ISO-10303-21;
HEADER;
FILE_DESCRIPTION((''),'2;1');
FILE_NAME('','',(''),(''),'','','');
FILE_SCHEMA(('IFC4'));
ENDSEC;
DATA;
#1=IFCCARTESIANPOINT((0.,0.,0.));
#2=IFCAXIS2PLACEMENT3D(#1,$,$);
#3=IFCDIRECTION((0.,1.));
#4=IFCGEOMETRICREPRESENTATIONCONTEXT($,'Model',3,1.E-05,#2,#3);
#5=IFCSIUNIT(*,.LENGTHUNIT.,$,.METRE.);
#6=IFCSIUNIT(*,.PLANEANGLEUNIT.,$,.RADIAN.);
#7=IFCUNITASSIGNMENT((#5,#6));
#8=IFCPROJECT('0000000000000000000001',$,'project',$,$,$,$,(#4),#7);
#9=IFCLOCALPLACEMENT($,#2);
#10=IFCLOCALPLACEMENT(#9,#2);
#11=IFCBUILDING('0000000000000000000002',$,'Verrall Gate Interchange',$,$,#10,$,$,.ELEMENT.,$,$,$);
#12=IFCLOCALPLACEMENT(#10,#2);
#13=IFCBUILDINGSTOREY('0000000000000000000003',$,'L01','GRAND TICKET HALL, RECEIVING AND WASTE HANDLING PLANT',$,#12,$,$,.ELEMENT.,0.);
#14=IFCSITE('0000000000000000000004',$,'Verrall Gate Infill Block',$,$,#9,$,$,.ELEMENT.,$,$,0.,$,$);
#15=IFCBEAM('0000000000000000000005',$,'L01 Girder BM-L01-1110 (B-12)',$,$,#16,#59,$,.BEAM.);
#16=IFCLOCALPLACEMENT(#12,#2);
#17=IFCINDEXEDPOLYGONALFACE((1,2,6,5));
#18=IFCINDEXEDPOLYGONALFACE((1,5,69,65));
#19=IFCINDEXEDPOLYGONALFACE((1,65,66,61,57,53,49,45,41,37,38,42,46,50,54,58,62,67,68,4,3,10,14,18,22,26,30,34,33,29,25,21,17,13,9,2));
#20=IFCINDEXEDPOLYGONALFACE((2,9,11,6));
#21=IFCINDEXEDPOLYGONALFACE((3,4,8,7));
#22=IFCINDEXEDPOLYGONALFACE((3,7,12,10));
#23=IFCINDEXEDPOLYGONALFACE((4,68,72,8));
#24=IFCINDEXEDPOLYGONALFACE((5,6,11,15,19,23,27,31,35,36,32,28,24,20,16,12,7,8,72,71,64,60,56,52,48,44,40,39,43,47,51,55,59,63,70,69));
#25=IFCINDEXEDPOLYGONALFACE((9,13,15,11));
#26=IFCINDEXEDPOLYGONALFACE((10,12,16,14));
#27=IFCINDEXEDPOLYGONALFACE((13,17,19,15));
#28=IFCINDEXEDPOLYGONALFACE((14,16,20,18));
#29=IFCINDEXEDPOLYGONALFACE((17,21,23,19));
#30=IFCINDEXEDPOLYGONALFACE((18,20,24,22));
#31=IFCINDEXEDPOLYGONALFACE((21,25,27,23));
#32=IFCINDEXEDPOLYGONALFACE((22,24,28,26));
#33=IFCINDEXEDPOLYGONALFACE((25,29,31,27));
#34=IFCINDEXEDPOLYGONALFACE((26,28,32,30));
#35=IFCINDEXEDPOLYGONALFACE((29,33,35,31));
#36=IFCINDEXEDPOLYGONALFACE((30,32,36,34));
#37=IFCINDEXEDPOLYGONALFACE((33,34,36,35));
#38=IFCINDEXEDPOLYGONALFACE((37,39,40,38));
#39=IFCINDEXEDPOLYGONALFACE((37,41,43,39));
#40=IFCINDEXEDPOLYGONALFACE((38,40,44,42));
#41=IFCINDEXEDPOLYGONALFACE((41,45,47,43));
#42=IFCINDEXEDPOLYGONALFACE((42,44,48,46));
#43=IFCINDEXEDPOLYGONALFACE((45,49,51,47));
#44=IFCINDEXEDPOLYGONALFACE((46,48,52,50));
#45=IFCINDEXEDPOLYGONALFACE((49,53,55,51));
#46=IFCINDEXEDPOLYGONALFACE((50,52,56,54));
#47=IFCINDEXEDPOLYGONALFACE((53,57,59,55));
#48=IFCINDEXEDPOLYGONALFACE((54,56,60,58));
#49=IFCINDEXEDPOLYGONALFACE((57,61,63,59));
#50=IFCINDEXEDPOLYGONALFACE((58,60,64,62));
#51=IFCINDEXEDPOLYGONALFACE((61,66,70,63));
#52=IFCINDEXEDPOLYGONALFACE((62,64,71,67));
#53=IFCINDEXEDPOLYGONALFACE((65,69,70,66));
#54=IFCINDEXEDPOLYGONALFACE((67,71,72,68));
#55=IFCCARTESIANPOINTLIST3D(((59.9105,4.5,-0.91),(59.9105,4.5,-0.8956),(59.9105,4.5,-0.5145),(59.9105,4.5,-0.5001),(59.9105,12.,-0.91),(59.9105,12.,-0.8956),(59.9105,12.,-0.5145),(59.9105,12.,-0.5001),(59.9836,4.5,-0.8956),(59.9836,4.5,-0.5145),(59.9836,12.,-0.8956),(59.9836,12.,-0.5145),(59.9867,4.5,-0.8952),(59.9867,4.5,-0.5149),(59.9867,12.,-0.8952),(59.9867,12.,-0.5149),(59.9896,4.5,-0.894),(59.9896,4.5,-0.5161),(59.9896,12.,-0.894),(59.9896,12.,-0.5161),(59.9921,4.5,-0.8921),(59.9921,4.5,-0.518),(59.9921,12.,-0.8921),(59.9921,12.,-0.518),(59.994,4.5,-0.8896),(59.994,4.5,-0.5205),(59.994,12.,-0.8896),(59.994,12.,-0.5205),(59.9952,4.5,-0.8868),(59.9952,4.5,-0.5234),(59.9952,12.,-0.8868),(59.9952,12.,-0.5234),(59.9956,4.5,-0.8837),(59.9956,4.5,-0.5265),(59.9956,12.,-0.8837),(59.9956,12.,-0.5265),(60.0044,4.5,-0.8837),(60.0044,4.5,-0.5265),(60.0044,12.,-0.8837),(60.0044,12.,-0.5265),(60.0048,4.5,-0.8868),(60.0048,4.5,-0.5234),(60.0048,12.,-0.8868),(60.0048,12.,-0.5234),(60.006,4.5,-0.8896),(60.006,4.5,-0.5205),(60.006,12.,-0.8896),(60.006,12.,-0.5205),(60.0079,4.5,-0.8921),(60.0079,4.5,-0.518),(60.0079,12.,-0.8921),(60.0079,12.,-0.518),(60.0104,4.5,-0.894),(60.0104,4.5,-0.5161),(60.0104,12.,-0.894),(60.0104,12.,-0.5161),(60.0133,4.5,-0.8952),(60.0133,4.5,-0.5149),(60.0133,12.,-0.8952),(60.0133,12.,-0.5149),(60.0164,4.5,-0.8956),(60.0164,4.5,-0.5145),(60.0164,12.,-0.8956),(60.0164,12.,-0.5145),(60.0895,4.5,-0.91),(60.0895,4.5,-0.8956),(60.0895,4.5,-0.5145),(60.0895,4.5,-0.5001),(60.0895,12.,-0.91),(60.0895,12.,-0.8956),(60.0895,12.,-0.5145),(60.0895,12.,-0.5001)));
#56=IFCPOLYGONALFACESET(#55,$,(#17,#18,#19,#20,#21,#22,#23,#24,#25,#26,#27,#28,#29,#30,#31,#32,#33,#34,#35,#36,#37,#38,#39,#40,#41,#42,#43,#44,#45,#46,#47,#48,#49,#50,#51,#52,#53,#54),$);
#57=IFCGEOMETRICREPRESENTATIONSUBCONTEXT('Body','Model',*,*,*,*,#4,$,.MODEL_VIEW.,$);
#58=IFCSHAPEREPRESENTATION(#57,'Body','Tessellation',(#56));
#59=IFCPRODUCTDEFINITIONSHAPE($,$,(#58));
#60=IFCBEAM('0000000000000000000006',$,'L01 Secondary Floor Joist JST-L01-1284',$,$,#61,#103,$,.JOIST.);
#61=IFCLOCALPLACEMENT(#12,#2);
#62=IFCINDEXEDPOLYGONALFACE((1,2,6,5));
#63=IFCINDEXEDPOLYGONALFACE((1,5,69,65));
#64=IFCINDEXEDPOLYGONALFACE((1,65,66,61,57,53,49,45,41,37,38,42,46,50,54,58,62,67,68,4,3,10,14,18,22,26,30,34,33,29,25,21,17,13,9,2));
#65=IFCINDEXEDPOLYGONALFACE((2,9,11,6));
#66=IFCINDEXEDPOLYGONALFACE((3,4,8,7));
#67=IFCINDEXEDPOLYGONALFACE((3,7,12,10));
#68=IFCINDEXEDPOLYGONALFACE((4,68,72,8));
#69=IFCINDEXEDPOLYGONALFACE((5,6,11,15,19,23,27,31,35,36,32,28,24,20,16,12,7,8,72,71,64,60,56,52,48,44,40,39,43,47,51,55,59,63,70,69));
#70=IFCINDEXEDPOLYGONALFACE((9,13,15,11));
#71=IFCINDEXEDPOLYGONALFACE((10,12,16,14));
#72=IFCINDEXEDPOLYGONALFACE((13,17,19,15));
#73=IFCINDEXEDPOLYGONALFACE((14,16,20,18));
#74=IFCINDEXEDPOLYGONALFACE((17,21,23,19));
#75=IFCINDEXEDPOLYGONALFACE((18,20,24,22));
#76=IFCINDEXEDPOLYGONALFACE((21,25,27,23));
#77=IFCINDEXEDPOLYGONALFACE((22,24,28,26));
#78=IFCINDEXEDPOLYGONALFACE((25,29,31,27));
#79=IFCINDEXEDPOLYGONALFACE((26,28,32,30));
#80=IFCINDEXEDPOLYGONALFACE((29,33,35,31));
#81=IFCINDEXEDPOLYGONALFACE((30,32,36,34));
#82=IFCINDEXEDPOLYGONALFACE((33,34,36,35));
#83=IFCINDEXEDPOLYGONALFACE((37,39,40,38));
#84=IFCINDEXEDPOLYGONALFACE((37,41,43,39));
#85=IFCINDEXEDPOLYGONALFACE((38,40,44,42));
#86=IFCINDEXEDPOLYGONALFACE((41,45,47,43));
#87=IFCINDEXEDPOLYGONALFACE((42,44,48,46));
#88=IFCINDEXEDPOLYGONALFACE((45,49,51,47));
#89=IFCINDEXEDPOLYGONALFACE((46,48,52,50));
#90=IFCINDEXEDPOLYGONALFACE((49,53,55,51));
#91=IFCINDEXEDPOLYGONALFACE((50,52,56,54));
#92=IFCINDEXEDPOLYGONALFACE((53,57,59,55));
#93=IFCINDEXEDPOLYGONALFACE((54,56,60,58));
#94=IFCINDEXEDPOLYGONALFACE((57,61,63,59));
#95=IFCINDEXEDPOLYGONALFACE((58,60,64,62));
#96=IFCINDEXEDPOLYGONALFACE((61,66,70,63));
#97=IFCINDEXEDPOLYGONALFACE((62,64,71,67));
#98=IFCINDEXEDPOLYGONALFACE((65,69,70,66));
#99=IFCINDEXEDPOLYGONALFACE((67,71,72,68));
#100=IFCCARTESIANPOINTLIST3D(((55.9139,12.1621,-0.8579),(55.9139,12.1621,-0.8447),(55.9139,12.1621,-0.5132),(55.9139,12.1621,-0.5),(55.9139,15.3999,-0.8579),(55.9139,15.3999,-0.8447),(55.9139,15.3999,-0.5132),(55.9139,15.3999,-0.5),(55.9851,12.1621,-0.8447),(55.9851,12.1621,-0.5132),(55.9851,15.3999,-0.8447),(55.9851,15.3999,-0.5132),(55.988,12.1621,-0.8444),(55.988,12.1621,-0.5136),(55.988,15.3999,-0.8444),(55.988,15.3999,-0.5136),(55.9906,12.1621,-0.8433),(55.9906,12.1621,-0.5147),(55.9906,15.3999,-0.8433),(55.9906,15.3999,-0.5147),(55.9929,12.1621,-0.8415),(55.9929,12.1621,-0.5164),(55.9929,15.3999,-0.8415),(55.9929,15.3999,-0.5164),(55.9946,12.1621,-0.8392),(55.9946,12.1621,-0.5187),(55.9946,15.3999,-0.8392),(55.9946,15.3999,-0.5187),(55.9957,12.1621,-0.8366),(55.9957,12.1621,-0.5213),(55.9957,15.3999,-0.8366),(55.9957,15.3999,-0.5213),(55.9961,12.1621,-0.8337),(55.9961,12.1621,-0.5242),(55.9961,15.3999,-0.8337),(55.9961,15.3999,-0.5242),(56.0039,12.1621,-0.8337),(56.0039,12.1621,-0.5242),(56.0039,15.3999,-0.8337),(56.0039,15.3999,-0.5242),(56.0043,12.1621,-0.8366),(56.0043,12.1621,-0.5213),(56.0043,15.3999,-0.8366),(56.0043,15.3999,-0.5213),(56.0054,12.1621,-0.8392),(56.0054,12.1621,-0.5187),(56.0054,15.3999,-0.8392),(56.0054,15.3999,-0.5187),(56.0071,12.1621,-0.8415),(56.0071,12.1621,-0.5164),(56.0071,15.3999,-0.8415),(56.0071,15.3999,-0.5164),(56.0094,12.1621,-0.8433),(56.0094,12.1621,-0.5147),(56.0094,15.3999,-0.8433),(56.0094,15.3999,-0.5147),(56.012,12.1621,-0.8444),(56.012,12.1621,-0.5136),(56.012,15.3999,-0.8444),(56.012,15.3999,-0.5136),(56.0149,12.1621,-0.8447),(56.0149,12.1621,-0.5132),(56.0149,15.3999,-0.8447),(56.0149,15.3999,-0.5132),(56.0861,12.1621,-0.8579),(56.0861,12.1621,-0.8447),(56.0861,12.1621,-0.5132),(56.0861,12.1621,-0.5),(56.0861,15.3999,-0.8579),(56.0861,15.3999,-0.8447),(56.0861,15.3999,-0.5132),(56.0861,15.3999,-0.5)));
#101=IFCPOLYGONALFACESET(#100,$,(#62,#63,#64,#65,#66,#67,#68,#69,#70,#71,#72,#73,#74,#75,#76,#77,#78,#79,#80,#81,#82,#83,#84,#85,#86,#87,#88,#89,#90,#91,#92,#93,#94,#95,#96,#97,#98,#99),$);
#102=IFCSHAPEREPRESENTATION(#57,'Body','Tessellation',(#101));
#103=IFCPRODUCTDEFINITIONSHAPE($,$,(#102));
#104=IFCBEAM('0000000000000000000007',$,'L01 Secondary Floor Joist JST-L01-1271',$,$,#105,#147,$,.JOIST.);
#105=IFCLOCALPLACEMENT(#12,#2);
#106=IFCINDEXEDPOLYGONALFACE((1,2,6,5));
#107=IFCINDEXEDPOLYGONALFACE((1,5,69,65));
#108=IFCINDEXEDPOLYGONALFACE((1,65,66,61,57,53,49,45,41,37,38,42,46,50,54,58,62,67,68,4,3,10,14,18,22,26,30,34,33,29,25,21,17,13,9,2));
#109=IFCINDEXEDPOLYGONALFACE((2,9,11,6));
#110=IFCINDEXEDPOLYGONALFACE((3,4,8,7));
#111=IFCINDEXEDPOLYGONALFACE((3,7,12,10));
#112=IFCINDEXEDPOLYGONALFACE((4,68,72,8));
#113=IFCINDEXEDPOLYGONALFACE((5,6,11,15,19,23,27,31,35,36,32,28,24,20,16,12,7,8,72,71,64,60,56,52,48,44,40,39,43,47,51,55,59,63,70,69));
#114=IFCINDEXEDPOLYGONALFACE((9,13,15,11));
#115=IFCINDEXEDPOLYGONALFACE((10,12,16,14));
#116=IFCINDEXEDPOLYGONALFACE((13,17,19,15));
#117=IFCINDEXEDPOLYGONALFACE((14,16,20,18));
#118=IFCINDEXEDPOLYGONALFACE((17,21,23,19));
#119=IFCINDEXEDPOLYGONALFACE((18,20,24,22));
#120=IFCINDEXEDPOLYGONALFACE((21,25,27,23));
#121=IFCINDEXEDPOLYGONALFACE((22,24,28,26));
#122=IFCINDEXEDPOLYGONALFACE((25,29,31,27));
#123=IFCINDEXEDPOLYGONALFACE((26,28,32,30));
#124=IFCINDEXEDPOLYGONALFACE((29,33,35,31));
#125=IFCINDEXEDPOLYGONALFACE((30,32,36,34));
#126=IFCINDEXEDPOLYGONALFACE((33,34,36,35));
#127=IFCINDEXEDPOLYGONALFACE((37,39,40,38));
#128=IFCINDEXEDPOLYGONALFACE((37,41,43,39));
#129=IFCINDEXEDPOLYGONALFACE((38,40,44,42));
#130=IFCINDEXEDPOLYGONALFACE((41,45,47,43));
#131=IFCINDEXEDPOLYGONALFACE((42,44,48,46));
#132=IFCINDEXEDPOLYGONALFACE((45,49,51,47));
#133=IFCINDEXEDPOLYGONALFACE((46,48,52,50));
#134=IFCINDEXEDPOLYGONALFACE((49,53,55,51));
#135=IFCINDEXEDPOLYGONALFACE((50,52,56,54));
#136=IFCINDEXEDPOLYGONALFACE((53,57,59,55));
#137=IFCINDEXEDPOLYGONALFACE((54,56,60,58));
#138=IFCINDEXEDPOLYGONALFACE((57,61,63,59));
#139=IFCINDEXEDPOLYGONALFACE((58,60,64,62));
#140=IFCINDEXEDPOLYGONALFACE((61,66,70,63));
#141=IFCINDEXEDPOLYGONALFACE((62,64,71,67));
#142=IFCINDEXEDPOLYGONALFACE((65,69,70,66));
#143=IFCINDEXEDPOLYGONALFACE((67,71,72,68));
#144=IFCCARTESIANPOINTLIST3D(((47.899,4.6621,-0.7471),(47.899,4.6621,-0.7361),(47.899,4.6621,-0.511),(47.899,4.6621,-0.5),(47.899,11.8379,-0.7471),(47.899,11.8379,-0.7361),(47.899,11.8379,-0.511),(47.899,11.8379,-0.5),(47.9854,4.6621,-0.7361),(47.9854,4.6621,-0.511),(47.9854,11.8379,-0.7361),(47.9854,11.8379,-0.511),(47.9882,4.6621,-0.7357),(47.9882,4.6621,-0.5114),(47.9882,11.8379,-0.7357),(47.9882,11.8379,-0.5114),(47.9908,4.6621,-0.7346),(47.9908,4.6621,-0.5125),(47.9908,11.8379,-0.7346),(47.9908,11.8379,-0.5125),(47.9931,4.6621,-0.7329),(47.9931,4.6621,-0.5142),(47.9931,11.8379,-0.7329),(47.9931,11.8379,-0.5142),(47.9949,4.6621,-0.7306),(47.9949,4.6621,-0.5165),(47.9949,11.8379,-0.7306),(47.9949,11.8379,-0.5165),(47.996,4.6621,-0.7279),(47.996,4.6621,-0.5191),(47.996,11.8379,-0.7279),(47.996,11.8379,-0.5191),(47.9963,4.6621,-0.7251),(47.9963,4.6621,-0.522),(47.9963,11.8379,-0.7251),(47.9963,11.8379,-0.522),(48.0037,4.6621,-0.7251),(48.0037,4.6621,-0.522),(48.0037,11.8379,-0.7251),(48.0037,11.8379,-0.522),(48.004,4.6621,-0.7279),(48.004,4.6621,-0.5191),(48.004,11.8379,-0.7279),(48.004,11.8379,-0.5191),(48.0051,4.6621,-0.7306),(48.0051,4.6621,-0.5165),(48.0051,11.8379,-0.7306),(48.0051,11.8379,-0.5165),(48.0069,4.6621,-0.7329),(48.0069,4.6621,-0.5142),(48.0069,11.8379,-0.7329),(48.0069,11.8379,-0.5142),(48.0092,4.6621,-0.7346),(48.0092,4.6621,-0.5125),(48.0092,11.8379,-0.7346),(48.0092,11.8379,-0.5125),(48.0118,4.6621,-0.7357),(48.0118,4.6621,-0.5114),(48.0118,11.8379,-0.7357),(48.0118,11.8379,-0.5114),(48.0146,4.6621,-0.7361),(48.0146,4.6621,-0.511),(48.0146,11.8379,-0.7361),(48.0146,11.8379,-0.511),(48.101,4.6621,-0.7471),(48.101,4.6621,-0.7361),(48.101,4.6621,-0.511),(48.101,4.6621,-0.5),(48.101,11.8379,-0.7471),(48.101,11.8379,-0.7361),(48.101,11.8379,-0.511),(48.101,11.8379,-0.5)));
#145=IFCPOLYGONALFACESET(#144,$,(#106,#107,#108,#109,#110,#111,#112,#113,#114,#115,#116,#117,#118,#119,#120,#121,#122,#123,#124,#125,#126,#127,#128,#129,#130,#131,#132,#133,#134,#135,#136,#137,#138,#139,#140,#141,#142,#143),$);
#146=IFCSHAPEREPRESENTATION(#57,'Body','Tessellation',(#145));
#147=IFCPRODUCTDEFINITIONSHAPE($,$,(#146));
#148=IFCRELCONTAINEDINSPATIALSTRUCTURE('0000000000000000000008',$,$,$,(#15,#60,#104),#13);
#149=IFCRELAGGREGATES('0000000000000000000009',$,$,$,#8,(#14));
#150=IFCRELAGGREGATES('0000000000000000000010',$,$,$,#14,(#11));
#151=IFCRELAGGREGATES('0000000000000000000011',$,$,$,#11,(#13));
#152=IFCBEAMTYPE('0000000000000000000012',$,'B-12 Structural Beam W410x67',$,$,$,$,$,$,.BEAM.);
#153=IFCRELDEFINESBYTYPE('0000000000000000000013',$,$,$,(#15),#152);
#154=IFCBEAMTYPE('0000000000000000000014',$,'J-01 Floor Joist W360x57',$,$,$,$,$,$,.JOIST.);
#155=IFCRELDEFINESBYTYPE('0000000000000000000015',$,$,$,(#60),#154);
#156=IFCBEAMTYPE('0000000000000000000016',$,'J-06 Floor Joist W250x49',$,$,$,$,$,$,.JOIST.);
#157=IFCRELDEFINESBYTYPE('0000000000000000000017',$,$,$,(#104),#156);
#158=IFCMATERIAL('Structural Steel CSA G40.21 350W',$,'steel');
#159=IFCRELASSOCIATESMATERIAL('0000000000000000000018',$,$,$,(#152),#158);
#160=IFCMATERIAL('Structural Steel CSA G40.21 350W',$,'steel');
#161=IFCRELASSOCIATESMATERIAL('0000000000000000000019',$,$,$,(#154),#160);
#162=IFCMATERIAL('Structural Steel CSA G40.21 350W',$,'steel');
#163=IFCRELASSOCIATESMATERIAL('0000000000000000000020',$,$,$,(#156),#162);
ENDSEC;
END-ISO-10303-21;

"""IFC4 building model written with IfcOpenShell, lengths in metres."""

from ifc_helpers import new_model, si_unit, direction, frame, origin, origin_2d, place, context, subcontext, project, spatial, i_section, extrude, material, material_profile, profile_set, type_object, element, save


model = new_model("IFC4")

# Units and contexts
model_context = context("Model", 3, precision=1e-05, world=origin(), true_north=direction((0.0, 1.0)))
body_context = subcontext(model_context, "Body", "Model", "MODEL_VIEW")
ifc_project = project(units=[si_unit("LENGTHUNIT", "METRE"), si_unit("PLANEANGLEUNIT", "RADIAN")], contexts=[model_context])

# Site, building, storey
site_placement = place(None, origin())
site = spatial("IfcSite", under=ifc_project, at=site_placement, Name="Verrall Gate Infill Block", CompositionType="ELEMENT", RefElevation=0.0)
building_placement = place(site_placement, origin())
building = spatial("IfcBuilding", under=site, at=building_placement, Name="Verrall Gate Interchange", CompositionType="ELEMENT")
storey_placement = place(building_placement, origin())
storey = spatial("IfcBuildingStorey", under=building, at=storey_placement, Name="L01", Description="GRAND TICKET HALL, RECEIVING AND WASTE HANDLING PLANT", CompositionType="ELEMENT", Elevation=0.0)

# Beams
ifc_material_1 = material(Name="Structural Steel CSA G40.21 350W", Category="steel")
ifc_material_profile_1 = material_profile(ifc_material_1, i_section(OverallWidth=0.179, OverallDepth=0.4099, WebThickness=0.0088, FlangeThickness=0.0144, FilletRadius=0.012, at=origin_2d()), Name="W410x67")
ifc_profile_set_1 = profile_set([ifc_material_profile_1], Name="Structural Steel CSA G40.21 350W")
beam_type_1 = type_object("IfcBeamType", Name="B-12 Structural Beam W410x67", PredefinedType="BEAM", material=ifc_profile_set_1)
beam_1_placement = place(storey_placement, frame((60.0, 4.5, -0.7051), z_axis=(0.0, 1.0, 0.0), x_axis=(-1.0, 0.0, 0.0)))
element("IfcBeam", 1, at=beam_1_placement, inside=storey, type_object=beam_type_1, Name="L01 Girder BM-L01-1110 (B-12)", PredefinedType="BEAM", context=body_context, shape_type="SweptSolid", body=[
    extrude(i_section(OverallWidth=0.179, OverallDepth=0.4099, WebThickness=0.0088, FlangeThickness=0.0144, FilletRadius=0.012, at=origin_2d()), origin(), (0.0, 0.0, 1.0), 7.5),
])
ifc_material_2 = material(Name="Structural Steel CSA G40.21 350W", Category="steel")
ifc_material_profile_2 = material_profile(ifc_material_2, i_section(OverallWidth=0.1721, OverallDepth=0.3579, WebThickness=0.0078, FlangeThickness=0.0132, FilletRadius=0.011, at=origin_2d()), Name="W360x57")
ifc_profile_set_2 = profile_set([ifc_material_profile_2], Name="Structural Steel CSA G40.21 350W")
beam_type_2 = type_object("IfcBeamType", Name="J-01 Floor Joist W360x57", PredefinedType="JOIST", material=ifc_profile_set_2)
beam_2_placement = place(storey_placement, frame((56.0, 12.1621, -0.679), z_axis=(0.0, 1.0, 0.0), x_axis=(-1.0, 0.0, 0.0)))
element("IfcBeam", 2, at=beam_2_placement, inside=storey, type_object=beam_type_2, Name="L01 Secondary Floor Joist JST-L01-1284", PredefinedType="JOIST", context=body_context, shape_type="SweptSolid", body=[
    extrude(i_section(OverallWidth=0.1721, OverallDepth=0.3579, WebThickness=0.0078, FlangeThickness=0.0132, FilletRadius=0.011, at=origin_2d()), origin(), (0.0, 0.0, 1.0), 3.2378),
])
ifc_material_3 = material(Name="Structural Steel CSA G40.21 350W", Category="steel")
ifc_material_profile_3 = material_profile(ifc_material_3, i_section(OverallWidth=0.2019, OverallDepth=0.2471, WebThickness=0.0073, FlangeThickness=0.011, FilletRadius=0.011, at=origin_2d()), Name="W250x49")
ifc_profile_set_3 = profile_set([ifc_material_profile_3], Name="Structural Steel CSA G40.21 350W")
beam_type_3 = type_object("IfcBeamType", Name="J-06 Floor Joist W250x49", PredefinedType="JOIST", material=ifc_profile_set_3)
beam_3_placement = place(storey_placement, frame((48.0, 4.6621, -0.6235), z_axis=(0.0, 1.0, 0.0), x_axis=(-1.0, 0.0, 0.0)))
element("IfcBeam", 3, at=beam_3_placement, inside=storey, type_object=beam_type_3, Name="L01 Secondary Floor Joist JST-L01-1271", PredefinedType="JOIST", context=body_context, shape_type="SweptSolid", body=[
    extrude(i_section(OverallWidth=0.2019, OverallDepth=0.2471, WebThickness=0.0073, FlangeThickness=0.011, FilletRadius=0.011, at=origin_2d()), origin(), (0.0, 0.0, 1.0), 7.1758),
])

save(model, "model.ifc")
